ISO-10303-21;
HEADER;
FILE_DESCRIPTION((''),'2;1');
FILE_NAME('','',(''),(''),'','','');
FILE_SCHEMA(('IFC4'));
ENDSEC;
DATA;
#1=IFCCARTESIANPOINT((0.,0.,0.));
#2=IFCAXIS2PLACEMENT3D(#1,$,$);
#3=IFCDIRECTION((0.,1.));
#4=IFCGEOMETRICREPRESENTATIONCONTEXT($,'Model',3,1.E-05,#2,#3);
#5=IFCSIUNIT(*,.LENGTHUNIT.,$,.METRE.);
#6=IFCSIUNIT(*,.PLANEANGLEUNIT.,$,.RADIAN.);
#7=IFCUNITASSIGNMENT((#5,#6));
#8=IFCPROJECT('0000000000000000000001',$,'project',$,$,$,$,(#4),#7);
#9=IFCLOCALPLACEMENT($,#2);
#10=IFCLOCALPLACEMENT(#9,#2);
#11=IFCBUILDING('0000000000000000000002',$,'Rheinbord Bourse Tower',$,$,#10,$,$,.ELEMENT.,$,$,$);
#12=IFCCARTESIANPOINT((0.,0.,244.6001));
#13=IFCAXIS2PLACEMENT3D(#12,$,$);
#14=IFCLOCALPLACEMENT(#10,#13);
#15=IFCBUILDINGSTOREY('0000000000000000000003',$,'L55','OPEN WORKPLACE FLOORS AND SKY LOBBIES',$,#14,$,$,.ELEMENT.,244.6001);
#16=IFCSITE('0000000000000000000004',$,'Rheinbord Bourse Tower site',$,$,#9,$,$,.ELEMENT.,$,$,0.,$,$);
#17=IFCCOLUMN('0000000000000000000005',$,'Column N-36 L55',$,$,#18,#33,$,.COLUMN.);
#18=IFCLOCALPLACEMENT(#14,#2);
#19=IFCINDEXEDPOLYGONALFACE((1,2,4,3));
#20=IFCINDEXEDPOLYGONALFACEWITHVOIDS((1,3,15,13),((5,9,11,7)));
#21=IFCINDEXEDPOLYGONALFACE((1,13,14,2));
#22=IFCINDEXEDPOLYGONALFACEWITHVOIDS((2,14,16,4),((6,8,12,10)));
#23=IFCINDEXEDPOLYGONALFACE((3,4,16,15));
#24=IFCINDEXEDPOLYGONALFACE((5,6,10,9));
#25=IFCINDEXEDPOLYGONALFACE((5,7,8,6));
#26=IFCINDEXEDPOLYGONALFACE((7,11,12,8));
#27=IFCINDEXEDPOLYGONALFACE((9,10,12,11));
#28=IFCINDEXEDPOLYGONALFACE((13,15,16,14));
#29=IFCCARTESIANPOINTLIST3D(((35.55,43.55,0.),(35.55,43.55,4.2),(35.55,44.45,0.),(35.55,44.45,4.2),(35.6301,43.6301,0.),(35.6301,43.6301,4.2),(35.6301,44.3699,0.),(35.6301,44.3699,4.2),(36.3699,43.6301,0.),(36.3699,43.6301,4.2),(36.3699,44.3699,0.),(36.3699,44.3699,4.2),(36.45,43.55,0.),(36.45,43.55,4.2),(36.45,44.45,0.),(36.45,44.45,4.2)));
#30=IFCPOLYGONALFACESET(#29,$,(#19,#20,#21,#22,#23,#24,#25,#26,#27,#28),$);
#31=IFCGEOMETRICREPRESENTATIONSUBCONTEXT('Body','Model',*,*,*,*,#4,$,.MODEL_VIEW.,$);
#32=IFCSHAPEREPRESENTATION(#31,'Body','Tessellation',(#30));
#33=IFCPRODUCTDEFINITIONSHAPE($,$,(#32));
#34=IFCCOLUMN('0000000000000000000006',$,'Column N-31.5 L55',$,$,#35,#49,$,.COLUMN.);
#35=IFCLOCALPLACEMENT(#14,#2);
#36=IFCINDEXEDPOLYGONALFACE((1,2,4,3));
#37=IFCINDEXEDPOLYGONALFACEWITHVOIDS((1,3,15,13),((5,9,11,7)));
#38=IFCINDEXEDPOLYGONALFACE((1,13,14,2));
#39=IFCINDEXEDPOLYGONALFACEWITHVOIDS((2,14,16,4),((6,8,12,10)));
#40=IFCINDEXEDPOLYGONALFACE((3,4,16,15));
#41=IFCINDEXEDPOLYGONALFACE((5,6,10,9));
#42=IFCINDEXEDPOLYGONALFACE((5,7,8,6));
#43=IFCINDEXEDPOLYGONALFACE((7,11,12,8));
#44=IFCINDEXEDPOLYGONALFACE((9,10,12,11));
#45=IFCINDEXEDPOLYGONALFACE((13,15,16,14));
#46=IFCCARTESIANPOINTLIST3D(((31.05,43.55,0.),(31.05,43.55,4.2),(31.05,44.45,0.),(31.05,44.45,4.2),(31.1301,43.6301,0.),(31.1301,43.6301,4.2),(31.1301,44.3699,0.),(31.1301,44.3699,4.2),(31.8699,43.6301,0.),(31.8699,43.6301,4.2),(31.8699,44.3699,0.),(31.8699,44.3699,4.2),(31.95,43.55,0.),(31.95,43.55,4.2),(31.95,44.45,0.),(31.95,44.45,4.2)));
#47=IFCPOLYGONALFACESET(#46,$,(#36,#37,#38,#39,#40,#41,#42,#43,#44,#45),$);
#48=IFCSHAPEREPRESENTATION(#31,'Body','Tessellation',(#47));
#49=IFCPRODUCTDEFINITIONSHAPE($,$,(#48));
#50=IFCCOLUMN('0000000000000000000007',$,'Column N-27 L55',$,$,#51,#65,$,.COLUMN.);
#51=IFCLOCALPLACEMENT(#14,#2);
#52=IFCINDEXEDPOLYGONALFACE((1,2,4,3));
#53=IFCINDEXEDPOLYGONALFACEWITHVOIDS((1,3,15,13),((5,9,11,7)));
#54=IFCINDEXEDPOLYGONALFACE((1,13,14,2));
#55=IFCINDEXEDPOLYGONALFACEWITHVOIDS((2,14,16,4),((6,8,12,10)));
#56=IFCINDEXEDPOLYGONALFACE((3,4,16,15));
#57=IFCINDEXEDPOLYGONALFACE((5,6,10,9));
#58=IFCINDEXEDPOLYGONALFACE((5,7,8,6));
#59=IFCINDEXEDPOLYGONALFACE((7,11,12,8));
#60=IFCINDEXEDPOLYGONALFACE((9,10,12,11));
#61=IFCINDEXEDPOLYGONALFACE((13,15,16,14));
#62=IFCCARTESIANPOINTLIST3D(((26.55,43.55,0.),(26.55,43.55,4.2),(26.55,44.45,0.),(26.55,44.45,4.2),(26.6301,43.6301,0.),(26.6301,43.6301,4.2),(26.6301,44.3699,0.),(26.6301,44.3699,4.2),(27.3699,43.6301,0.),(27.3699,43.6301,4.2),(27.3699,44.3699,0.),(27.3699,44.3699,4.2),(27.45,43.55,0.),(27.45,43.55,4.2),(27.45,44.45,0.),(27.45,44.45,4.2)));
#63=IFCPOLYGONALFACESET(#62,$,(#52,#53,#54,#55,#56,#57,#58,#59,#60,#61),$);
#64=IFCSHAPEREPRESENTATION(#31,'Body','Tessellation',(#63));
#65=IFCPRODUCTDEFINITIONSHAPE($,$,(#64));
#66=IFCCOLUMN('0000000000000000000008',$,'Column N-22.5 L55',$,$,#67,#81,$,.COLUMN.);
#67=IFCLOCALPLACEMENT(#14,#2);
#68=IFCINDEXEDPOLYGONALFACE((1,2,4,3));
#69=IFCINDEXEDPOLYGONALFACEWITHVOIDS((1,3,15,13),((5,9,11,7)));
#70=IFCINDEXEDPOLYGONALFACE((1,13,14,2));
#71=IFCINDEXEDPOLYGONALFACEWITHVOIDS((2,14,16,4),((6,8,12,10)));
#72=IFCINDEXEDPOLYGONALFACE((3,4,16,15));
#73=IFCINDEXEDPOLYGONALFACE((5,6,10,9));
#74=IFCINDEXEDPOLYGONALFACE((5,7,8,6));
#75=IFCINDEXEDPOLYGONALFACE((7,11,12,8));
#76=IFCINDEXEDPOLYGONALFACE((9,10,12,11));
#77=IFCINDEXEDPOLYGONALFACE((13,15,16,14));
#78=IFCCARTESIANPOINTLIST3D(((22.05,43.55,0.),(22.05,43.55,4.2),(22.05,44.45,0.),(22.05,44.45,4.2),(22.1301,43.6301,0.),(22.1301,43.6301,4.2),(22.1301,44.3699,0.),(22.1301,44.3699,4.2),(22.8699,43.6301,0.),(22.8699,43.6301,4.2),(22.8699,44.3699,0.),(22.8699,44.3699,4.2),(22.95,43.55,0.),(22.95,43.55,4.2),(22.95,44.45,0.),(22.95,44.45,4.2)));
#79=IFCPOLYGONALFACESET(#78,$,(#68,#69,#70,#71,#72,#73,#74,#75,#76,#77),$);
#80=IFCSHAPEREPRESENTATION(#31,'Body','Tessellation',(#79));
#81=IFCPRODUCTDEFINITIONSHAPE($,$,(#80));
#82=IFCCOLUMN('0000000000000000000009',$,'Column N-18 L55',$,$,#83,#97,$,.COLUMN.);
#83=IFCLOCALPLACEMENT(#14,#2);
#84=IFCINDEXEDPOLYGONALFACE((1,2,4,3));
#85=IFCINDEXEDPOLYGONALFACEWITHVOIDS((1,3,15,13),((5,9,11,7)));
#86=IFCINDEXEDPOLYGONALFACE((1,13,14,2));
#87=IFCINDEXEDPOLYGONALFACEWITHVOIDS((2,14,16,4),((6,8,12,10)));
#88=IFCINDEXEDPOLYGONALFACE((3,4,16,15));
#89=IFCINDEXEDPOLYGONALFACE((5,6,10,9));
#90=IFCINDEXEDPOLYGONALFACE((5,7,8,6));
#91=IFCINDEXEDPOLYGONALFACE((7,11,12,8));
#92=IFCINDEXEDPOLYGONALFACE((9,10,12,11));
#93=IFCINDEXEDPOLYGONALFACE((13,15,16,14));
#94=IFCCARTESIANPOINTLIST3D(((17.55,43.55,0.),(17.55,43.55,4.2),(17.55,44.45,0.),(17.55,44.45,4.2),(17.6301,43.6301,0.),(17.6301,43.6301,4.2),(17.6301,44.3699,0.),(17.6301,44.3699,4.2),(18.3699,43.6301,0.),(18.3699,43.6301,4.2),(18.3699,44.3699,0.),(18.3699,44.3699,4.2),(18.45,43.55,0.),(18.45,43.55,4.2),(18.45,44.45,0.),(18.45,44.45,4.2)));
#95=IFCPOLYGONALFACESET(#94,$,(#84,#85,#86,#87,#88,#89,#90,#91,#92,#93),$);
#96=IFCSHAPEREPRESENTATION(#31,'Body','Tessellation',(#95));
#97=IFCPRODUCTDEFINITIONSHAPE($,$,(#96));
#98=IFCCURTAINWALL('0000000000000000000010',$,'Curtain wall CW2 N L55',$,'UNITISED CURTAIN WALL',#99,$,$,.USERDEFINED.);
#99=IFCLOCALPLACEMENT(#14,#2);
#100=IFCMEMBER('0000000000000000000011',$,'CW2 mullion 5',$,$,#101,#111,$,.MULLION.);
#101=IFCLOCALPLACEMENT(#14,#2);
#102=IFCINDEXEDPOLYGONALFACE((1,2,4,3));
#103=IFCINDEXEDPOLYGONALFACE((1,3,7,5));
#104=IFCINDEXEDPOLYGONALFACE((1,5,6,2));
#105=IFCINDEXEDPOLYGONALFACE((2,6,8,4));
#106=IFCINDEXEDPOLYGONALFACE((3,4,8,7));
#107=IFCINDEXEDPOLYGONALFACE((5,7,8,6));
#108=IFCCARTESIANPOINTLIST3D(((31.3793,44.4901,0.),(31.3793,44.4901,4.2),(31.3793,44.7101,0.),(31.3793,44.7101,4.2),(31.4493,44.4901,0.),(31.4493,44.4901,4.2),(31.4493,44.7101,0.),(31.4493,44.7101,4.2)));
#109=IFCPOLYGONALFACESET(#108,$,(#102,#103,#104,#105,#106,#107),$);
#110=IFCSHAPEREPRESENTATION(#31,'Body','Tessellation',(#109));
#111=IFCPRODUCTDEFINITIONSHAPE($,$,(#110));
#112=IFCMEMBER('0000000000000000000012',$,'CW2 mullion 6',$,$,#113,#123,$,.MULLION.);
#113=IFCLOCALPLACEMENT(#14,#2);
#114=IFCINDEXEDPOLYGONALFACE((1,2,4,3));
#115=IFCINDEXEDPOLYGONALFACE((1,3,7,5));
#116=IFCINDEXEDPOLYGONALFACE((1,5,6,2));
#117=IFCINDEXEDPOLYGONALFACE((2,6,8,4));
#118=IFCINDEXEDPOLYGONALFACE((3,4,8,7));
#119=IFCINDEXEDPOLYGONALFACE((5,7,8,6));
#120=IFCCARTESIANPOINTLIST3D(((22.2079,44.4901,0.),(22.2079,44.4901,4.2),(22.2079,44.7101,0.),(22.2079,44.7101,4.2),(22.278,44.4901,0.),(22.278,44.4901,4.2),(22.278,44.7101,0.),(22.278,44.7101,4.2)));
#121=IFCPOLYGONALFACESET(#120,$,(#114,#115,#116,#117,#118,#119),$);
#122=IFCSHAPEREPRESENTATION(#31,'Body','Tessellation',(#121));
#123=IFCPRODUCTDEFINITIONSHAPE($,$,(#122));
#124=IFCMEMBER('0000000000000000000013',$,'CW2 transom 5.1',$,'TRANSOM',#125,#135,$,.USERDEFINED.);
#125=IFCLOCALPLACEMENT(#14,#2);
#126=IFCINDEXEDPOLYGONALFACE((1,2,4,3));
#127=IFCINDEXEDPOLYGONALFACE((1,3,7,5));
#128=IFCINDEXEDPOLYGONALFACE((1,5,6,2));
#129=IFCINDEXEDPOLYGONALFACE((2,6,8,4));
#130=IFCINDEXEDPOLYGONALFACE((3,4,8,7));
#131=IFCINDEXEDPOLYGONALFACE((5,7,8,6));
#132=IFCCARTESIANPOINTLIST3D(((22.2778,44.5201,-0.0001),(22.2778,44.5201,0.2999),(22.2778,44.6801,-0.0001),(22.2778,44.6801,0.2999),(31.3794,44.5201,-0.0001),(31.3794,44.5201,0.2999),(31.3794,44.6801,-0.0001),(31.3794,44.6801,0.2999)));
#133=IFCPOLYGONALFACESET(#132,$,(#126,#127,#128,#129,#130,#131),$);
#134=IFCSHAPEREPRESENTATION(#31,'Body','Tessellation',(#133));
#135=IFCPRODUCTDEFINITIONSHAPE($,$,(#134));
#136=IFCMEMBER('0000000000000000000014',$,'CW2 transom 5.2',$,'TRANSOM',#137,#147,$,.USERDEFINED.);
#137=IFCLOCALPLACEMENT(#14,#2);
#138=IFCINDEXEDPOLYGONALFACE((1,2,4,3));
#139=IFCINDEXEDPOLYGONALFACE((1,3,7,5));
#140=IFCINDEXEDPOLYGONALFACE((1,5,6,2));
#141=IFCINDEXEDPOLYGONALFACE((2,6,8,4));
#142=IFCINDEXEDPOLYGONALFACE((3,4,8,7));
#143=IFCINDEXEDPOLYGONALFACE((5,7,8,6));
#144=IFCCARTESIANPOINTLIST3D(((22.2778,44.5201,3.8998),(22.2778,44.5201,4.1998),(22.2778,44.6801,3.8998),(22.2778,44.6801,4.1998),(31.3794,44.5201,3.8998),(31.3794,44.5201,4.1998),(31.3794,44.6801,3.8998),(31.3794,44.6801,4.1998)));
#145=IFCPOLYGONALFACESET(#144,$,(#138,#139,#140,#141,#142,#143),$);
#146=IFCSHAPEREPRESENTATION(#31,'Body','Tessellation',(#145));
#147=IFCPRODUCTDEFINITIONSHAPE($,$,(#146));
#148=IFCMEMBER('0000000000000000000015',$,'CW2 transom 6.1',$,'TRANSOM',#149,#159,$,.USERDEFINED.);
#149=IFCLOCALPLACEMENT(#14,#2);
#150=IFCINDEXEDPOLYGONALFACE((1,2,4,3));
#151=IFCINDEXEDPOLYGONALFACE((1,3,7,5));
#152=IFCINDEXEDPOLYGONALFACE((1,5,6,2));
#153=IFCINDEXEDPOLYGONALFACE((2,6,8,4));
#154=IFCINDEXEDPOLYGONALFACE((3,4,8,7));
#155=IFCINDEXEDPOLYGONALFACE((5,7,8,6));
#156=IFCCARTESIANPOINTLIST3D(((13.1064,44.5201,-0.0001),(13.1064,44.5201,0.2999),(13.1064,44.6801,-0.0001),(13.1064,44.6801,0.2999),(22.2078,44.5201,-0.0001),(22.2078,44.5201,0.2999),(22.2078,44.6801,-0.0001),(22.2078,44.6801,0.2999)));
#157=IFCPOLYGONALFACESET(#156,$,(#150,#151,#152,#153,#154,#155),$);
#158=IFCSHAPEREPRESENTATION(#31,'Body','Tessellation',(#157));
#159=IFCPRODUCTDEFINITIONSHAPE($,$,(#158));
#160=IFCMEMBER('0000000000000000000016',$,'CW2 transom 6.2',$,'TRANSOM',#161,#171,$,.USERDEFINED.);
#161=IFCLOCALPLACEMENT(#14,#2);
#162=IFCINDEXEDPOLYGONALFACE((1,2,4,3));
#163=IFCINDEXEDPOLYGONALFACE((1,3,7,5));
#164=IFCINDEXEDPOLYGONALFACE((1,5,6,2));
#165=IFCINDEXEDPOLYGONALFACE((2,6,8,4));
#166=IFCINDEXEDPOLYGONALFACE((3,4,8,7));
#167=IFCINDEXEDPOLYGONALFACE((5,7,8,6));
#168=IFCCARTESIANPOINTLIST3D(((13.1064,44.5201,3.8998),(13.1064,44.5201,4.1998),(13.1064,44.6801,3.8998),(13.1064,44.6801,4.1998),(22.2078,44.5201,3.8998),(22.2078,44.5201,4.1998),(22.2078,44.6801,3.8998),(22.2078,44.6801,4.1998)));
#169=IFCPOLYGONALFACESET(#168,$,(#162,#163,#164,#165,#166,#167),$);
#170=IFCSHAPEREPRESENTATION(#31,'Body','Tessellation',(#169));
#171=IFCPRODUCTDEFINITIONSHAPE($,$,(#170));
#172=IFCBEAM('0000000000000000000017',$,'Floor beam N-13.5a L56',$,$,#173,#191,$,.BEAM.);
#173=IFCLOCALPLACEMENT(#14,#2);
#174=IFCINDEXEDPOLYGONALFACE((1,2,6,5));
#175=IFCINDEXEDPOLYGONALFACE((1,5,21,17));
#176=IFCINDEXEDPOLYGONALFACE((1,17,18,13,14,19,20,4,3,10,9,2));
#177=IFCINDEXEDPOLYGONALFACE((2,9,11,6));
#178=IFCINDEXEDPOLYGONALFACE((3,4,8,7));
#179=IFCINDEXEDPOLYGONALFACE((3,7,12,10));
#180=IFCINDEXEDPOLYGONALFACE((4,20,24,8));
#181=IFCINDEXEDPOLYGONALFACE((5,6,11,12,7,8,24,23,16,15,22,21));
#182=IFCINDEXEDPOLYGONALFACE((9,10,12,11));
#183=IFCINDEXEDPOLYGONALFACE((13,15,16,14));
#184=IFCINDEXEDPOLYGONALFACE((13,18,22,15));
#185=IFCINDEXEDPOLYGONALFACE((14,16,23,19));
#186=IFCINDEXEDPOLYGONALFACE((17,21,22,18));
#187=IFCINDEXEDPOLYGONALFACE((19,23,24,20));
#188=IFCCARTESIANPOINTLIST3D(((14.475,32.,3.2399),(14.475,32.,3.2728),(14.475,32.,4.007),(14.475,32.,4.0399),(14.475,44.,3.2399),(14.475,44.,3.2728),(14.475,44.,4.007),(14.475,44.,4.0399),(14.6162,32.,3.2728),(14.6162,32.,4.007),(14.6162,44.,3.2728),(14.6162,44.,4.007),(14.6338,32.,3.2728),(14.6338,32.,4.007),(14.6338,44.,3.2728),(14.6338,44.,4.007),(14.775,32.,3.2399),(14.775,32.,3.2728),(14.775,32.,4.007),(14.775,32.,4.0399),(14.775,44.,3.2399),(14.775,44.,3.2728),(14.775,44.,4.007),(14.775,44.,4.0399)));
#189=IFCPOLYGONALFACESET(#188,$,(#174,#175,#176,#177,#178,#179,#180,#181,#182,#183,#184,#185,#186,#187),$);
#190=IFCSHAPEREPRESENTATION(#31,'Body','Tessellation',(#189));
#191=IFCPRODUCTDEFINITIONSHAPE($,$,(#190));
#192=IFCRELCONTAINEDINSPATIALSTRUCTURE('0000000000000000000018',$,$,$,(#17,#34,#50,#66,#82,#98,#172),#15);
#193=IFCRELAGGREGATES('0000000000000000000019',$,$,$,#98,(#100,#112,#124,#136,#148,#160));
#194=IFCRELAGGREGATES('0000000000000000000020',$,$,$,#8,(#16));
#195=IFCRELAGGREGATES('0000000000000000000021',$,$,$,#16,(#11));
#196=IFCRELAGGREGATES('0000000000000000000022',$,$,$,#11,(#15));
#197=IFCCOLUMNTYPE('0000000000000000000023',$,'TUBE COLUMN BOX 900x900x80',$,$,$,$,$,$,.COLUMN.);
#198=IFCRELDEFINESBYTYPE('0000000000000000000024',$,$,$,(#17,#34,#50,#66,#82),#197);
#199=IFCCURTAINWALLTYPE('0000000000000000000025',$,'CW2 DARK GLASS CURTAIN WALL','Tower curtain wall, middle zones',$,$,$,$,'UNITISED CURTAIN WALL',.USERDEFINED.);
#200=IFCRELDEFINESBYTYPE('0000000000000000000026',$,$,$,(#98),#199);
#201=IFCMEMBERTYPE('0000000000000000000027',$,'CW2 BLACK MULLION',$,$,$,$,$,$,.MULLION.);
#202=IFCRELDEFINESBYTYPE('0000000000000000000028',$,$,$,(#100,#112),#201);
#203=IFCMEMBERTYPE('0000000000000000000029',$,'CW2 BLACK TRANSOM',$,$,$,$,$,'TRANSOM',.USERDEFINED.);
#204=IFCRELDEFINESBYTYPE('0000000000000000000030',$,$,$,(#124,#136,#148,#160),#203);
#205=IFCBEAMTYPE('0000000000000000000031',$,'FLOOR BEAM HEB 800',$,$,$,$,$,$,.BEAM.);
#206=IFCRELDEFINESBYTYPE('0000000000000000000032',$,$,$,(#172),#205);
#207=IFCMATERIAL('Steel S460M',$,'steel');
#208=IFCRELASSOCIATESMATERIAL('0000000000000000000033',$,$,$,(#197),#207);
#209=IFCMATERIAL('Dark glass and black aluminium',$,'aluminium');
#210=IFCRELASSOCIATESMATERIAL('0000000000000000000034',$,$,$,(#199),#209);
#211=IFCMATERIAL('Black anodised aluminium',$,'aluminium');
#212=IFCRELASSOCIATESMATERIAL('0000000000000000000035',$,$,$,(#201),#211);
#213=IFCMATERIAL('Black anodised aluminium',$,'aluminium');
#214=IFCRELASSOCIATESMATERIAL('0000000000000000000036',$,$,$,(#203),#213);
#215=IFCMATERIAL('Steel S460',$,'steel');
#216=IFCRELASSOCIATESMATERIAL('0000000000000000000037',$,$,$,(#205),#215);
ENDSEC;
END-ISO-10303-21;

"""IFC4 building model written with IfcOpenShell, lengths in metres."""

from ifc_helpers import new_model, si_unit, direction, frame, origin, origin_2d, place, context, subcontext, project, spatial, rectangle, hollow_rectangle, i_section, extrude, material, material_profile, profile_set, type_object, element, aggregate, save


model = new_model("IFC4")

# Units and contexts
model_context = context("Model", 3, precision=1e-05, world=origin(), true_north=direction((0.0, 1.0)))
body_context = subcontext(model_context, "Body", "Model", "MODEL_VIEW")
ifc_project = project(units=[si_unit("LENGTHUNIT", "METRE"), si_unit("PLANEANGLEUNIT", "RADIAN")], contexts=[model_context])

# Site, building, storey
site_placement = place(None, origin())
site = spatial("IfcSite", under=ifc_project, at=site_placement, Name="Rheinbord Bourse Tower site", CompositionType="ELEMENT", RefElevation=0.0)
building_placement = place(site_placement, origin())
building = spatial("IfcBuilding", under=site, at=building_placement, Name="Rheinbord Bourse Tower", CompositionType="ELEMENT")
storey_placement = place(building_placement, frame((0.0, 0.0, 244.6001)))
storey = spatial("IfcBuildingStorey", under=building, at=storey_placement, Name="L55", Description="OPEN WORKPLACE FLOORS AND SKY LOBBIES", CompositionType="ELEMENT", Elevation=244.6001)

# Columns
ifc_material_1 = material(Name="Steel S460M", Category="steel")
ifc_material_profile_1 = material_profile(ifc_material_1, hollow_rectangle(XDim=0.8999, YDim=0.8999, WallThickness=0.0801, at=origin_2d()), Name="BOX 900x900x80")
ifc_profile_set_1 = profile_set([ifc_material_profile_1], Name="Steel S460M")
column_type = type_object("IfcColumnType", Name="TUBE COLUMN BOX 900x900x80", PredefinedType="COLUMN", material=ifc_profile_set_1)
for number, where, z_axis, x_axis, name in (
    (1, (36.0, 44.0, 0.0), (0.0, 0.0, 1.0), (0.0, 1.0, 0.0), "Column N-36 L55"),
    (2, (31.5, 44.0, 0.0), (0.0, 0.0, 1.0), (0.0, 1.0, 0.0), "Column N-31.5 L55"),
    (3, (27.0, 44.0, 0.0), (0.0, 0.0, 1.0), (0.0, 1.0, 0.0), "Column N-27 L55"),
    (4, (22.5, 44.0, 0.0), (0.0, 0.0, 1.0), (0.0, 1.0, 0.0), "Column N-22.5 L55"),
    (5, (18.0, 44.0, 0.0), (0.0, 0.0, 1.0), (0.0, 1.0, 0.0), "Column N-18 L55"),
):
    element("IfcColumn", number, at=place(storey_placement, frame(where, z_axis=z_axis, x_axis=x_axis)), inside=storey, type_object=column_type, Name=name, PredefinedType="COLUMN", context=body_context, shape_type="SweptSolid", body=[
        extrude(hollow_rectangle(XDim=0.8999, YDim=0.8999, WallThickness=0.0801, at=origin_2d()), origin(), (0.0, 0.0, 1.0), 4.2),
    ])

# Curtain wall, members
ifc_material_2 = material(Name="Dark glass and black aluminium", Category="aluminium")
curtain_wall_type = type_object("IfcCurtainWallType", Name="CW2 DARK GLASS CURTAIN WALL", Description="Tower curtain wall, middle zones", ElementType="UNITISED CURTAIN WALL", PredefinedType="USERDEFINED", material=ifc_material_2)
curtain_wall_placement = place(storey_placement, origin())
curtain_wall = element("IfcCurtainWall", 6, at=curtain_wall_placement, inside=storey, type_object=curtain_wall_type, Name="Curtain wall CW2 N L55", ObjectType="UNITISED CURTAIN WALL", PredefinedType="USERDEFINED")
ifc_material_3 = material(Name="Black anodised aluminium", Category="aluminium")
ifc_material_profile_2 = material_profile(ifc_material_3, rectangle(XDim=0.22, YDim=0.0701, at=origin_2d()), Name="CW2 MULLION 70x220")
ifc_profile_set_2 = profile_set([ifc_material_profile_2], Name="Black anodised aluminium")
member_type_1 = type_object("IfcMemberType", Name="CW2 BLACK MULLION", PredefinedType="MULLION", material=ifc_profile_set_2)
member_1_placement = place(storey_placement, frame((31.4143, 44.6001, 0.0), z_axis=(0.0, 0.0, 1.0), x_axis=(0.0, -1.0, 0.0)))
member_1 = element("IfcMember", 7, at=member_1_placement, type_object=member_type_1, Name="CW2 mullion 5", PredefinedType="MULLION", context=body_context, shape_type="SweptSolid", body=[
    extrude(rectangle(XDim=0.22, YDim=0.0701, at=origin_2d()), origin(), (0.0, 0.0, 1.0), 4.2),
])
member_2_placement = place(storey_placement, frame((22.2429, 44.6001, 0.0), z_axis=(0.0, 0.0, 1.0), x_axis=(0.0, -1.0, 0.0)))
member_2 = element("IfcMember", 8, at=member_2_placement, type_object=member_type_1, Name="CW2 mullion 6", PredefinedType="MULLION", context=body_context, shape_type="SweptSolid", body=[
    extrude(rectangle(XDim=0.22, YDim=0.0701, at=origin_2d()), origin(), (0.0, 0.0, 1.0), 4.2),
])
ifc_material_4 = material(Name="Black anodised aluminium", Category="aluminium")
ifc_material_profile_3 = material_profile(ifc_material_4, rectangle(XDim=0.1599, YDim=0.3, at=origin_2d()), Name="CW2 TRANSOM 300x160")
ifc_profile_set_3 = profile_set([ifc_material_profile_3], Name="Black anodised aluminium")
member_type_2 = type_object("IfcMemberType", Name="CW2 BLACK TRANSOM", ElementType="TRANSOM", PredefinedType="USERDEFINED", material=ifc_profile_set_3)
member_3_placement = place(storey_placement, frame((31.3794, 44.6001, 0.1499), z_axis=(-1.0, 0.0, 0.0), x_axis=(0.0, -1.0, 0.0)))
member_3 = element("IfcMember", 9, at=member_3_placement, type_object=member_type_2, Name="CW2 transom 5.1", ObjectType="TRANSOM", PredefinedType="USERDEFINED", context=body_context, shape_type="SweptSolid", body=[
    extrude(rectangle(XDim=0.1599, YDim=0.3, at=origin_2d()), origin(), (0.0, 0.0, 1.0), 9.1016),
])
member_4_placement = place(storey_placement, frame((31.3794, 44.6001, 4.0498), z_axis=(-1.0, 0.0, 0.0), x_axis=(0.0, -1.0, 0.0)))
member_4 = element("IfcMember", 10, at=member_4_placement, type_object=member_type_2, Name="CW2 transom 5.2", ObjectType="TRANSOM", PredefinedType="USERDEFINED", context=body_context, shape_type="SweptSolid", body=[
    extrude(rectangle(XDim=0.1599, YDim=0.3, at=origin_2d()), origin(), (0.0, 0.0, 1.0), 9.1016),
])
member_5_placement = place(storey_placement, frame((22.2078, 44.6001, 0.1499), z_axis=(-1.0, 0.0, 0.0), x_axis=(0.0, -1.0, 0.0)))
member_5 = element("IfcMember", 11, at=member_5_placement, type_object=member_type_2, Name="CW2 transom 6.1", ObjectType="TRANSOM", PredefinedType="USERDEFINED", context=body_context, shape_type="SweptSolid", body=[
    extrude(rectangle(XDim=0.1599, YDim=0.3, at=origin_2d()), origin(), (0.0, 0.0, 1.0), 9.1013),
])
member_6_placement = place(storey_placement, frame((22.2078, 44.6001, 4.0498), z_axis=(-1.0, 0.0, 0.0), x_axis=(0.0, -1.0, 0.0)))
member_6 = element("IfcMember", 12, at=member_6_placement, type_object=member_type_2, Name="CW2 transom 6.2", ObjectType="TRANSOM", PredefinedType="USERDEFINED", context=body_context, shape_type="SweptSolid", body=[
    extrude(rectangle(XDim=0.1599, YDim=0.3, at=origin_2d()), origin(), (0.0, 0.0, 1.0), 9.1013),
])

# Beam
ifc_material_5 = material(Name="Steel S460", Category="steel")
ifc_material_profile_4 = material_profile(ifc_material_5, i_section(OverallWidth=0.3, OverallDepth=0.8, WebThickness=0.0176, FlangeThickness=0.033, at=origin_2d()), Name="HEB 800")
ifc_profile_set_4 = profile_set([ifc_material_profile_4], Name="Steel S460")
beam_type_1 = type_object("IfcBeamType", Name="FLOOR BEAM HEB 800", PredefinedType="BEAM", material=ifc_profile_set_4)
for number, where, z_axis, x_axis, name in (
    (13, (14.625, 44.0, 3.6399), (0.0, -1.0, 0.0), (1.0, 0.0, 0.0), "Floor beam N-13.5a L56"),
):
    element("IfcBeam", number, at=place(storey_placement, frame(where, z_axis=z_axis, x_axis=x_axis)), inside=storey, type_object=beam_type_1, Name=name, PredefinedType="BEAM", context=body_context, shape_type="SweptSolid", body=[
        extrude(i_section(OverallWidth=0.3, OverallDepth=0.8, WebThickness=0.0176, FlangeThickness=0.033, at=origin_2d()), origin(), (0.0, 0.0, 1.0), 12.0),
    ])

aggregate(curtain_wall, [member_1, member_2, member_3, member_4, member_5, member_6])

save(model, "model.ifc")
